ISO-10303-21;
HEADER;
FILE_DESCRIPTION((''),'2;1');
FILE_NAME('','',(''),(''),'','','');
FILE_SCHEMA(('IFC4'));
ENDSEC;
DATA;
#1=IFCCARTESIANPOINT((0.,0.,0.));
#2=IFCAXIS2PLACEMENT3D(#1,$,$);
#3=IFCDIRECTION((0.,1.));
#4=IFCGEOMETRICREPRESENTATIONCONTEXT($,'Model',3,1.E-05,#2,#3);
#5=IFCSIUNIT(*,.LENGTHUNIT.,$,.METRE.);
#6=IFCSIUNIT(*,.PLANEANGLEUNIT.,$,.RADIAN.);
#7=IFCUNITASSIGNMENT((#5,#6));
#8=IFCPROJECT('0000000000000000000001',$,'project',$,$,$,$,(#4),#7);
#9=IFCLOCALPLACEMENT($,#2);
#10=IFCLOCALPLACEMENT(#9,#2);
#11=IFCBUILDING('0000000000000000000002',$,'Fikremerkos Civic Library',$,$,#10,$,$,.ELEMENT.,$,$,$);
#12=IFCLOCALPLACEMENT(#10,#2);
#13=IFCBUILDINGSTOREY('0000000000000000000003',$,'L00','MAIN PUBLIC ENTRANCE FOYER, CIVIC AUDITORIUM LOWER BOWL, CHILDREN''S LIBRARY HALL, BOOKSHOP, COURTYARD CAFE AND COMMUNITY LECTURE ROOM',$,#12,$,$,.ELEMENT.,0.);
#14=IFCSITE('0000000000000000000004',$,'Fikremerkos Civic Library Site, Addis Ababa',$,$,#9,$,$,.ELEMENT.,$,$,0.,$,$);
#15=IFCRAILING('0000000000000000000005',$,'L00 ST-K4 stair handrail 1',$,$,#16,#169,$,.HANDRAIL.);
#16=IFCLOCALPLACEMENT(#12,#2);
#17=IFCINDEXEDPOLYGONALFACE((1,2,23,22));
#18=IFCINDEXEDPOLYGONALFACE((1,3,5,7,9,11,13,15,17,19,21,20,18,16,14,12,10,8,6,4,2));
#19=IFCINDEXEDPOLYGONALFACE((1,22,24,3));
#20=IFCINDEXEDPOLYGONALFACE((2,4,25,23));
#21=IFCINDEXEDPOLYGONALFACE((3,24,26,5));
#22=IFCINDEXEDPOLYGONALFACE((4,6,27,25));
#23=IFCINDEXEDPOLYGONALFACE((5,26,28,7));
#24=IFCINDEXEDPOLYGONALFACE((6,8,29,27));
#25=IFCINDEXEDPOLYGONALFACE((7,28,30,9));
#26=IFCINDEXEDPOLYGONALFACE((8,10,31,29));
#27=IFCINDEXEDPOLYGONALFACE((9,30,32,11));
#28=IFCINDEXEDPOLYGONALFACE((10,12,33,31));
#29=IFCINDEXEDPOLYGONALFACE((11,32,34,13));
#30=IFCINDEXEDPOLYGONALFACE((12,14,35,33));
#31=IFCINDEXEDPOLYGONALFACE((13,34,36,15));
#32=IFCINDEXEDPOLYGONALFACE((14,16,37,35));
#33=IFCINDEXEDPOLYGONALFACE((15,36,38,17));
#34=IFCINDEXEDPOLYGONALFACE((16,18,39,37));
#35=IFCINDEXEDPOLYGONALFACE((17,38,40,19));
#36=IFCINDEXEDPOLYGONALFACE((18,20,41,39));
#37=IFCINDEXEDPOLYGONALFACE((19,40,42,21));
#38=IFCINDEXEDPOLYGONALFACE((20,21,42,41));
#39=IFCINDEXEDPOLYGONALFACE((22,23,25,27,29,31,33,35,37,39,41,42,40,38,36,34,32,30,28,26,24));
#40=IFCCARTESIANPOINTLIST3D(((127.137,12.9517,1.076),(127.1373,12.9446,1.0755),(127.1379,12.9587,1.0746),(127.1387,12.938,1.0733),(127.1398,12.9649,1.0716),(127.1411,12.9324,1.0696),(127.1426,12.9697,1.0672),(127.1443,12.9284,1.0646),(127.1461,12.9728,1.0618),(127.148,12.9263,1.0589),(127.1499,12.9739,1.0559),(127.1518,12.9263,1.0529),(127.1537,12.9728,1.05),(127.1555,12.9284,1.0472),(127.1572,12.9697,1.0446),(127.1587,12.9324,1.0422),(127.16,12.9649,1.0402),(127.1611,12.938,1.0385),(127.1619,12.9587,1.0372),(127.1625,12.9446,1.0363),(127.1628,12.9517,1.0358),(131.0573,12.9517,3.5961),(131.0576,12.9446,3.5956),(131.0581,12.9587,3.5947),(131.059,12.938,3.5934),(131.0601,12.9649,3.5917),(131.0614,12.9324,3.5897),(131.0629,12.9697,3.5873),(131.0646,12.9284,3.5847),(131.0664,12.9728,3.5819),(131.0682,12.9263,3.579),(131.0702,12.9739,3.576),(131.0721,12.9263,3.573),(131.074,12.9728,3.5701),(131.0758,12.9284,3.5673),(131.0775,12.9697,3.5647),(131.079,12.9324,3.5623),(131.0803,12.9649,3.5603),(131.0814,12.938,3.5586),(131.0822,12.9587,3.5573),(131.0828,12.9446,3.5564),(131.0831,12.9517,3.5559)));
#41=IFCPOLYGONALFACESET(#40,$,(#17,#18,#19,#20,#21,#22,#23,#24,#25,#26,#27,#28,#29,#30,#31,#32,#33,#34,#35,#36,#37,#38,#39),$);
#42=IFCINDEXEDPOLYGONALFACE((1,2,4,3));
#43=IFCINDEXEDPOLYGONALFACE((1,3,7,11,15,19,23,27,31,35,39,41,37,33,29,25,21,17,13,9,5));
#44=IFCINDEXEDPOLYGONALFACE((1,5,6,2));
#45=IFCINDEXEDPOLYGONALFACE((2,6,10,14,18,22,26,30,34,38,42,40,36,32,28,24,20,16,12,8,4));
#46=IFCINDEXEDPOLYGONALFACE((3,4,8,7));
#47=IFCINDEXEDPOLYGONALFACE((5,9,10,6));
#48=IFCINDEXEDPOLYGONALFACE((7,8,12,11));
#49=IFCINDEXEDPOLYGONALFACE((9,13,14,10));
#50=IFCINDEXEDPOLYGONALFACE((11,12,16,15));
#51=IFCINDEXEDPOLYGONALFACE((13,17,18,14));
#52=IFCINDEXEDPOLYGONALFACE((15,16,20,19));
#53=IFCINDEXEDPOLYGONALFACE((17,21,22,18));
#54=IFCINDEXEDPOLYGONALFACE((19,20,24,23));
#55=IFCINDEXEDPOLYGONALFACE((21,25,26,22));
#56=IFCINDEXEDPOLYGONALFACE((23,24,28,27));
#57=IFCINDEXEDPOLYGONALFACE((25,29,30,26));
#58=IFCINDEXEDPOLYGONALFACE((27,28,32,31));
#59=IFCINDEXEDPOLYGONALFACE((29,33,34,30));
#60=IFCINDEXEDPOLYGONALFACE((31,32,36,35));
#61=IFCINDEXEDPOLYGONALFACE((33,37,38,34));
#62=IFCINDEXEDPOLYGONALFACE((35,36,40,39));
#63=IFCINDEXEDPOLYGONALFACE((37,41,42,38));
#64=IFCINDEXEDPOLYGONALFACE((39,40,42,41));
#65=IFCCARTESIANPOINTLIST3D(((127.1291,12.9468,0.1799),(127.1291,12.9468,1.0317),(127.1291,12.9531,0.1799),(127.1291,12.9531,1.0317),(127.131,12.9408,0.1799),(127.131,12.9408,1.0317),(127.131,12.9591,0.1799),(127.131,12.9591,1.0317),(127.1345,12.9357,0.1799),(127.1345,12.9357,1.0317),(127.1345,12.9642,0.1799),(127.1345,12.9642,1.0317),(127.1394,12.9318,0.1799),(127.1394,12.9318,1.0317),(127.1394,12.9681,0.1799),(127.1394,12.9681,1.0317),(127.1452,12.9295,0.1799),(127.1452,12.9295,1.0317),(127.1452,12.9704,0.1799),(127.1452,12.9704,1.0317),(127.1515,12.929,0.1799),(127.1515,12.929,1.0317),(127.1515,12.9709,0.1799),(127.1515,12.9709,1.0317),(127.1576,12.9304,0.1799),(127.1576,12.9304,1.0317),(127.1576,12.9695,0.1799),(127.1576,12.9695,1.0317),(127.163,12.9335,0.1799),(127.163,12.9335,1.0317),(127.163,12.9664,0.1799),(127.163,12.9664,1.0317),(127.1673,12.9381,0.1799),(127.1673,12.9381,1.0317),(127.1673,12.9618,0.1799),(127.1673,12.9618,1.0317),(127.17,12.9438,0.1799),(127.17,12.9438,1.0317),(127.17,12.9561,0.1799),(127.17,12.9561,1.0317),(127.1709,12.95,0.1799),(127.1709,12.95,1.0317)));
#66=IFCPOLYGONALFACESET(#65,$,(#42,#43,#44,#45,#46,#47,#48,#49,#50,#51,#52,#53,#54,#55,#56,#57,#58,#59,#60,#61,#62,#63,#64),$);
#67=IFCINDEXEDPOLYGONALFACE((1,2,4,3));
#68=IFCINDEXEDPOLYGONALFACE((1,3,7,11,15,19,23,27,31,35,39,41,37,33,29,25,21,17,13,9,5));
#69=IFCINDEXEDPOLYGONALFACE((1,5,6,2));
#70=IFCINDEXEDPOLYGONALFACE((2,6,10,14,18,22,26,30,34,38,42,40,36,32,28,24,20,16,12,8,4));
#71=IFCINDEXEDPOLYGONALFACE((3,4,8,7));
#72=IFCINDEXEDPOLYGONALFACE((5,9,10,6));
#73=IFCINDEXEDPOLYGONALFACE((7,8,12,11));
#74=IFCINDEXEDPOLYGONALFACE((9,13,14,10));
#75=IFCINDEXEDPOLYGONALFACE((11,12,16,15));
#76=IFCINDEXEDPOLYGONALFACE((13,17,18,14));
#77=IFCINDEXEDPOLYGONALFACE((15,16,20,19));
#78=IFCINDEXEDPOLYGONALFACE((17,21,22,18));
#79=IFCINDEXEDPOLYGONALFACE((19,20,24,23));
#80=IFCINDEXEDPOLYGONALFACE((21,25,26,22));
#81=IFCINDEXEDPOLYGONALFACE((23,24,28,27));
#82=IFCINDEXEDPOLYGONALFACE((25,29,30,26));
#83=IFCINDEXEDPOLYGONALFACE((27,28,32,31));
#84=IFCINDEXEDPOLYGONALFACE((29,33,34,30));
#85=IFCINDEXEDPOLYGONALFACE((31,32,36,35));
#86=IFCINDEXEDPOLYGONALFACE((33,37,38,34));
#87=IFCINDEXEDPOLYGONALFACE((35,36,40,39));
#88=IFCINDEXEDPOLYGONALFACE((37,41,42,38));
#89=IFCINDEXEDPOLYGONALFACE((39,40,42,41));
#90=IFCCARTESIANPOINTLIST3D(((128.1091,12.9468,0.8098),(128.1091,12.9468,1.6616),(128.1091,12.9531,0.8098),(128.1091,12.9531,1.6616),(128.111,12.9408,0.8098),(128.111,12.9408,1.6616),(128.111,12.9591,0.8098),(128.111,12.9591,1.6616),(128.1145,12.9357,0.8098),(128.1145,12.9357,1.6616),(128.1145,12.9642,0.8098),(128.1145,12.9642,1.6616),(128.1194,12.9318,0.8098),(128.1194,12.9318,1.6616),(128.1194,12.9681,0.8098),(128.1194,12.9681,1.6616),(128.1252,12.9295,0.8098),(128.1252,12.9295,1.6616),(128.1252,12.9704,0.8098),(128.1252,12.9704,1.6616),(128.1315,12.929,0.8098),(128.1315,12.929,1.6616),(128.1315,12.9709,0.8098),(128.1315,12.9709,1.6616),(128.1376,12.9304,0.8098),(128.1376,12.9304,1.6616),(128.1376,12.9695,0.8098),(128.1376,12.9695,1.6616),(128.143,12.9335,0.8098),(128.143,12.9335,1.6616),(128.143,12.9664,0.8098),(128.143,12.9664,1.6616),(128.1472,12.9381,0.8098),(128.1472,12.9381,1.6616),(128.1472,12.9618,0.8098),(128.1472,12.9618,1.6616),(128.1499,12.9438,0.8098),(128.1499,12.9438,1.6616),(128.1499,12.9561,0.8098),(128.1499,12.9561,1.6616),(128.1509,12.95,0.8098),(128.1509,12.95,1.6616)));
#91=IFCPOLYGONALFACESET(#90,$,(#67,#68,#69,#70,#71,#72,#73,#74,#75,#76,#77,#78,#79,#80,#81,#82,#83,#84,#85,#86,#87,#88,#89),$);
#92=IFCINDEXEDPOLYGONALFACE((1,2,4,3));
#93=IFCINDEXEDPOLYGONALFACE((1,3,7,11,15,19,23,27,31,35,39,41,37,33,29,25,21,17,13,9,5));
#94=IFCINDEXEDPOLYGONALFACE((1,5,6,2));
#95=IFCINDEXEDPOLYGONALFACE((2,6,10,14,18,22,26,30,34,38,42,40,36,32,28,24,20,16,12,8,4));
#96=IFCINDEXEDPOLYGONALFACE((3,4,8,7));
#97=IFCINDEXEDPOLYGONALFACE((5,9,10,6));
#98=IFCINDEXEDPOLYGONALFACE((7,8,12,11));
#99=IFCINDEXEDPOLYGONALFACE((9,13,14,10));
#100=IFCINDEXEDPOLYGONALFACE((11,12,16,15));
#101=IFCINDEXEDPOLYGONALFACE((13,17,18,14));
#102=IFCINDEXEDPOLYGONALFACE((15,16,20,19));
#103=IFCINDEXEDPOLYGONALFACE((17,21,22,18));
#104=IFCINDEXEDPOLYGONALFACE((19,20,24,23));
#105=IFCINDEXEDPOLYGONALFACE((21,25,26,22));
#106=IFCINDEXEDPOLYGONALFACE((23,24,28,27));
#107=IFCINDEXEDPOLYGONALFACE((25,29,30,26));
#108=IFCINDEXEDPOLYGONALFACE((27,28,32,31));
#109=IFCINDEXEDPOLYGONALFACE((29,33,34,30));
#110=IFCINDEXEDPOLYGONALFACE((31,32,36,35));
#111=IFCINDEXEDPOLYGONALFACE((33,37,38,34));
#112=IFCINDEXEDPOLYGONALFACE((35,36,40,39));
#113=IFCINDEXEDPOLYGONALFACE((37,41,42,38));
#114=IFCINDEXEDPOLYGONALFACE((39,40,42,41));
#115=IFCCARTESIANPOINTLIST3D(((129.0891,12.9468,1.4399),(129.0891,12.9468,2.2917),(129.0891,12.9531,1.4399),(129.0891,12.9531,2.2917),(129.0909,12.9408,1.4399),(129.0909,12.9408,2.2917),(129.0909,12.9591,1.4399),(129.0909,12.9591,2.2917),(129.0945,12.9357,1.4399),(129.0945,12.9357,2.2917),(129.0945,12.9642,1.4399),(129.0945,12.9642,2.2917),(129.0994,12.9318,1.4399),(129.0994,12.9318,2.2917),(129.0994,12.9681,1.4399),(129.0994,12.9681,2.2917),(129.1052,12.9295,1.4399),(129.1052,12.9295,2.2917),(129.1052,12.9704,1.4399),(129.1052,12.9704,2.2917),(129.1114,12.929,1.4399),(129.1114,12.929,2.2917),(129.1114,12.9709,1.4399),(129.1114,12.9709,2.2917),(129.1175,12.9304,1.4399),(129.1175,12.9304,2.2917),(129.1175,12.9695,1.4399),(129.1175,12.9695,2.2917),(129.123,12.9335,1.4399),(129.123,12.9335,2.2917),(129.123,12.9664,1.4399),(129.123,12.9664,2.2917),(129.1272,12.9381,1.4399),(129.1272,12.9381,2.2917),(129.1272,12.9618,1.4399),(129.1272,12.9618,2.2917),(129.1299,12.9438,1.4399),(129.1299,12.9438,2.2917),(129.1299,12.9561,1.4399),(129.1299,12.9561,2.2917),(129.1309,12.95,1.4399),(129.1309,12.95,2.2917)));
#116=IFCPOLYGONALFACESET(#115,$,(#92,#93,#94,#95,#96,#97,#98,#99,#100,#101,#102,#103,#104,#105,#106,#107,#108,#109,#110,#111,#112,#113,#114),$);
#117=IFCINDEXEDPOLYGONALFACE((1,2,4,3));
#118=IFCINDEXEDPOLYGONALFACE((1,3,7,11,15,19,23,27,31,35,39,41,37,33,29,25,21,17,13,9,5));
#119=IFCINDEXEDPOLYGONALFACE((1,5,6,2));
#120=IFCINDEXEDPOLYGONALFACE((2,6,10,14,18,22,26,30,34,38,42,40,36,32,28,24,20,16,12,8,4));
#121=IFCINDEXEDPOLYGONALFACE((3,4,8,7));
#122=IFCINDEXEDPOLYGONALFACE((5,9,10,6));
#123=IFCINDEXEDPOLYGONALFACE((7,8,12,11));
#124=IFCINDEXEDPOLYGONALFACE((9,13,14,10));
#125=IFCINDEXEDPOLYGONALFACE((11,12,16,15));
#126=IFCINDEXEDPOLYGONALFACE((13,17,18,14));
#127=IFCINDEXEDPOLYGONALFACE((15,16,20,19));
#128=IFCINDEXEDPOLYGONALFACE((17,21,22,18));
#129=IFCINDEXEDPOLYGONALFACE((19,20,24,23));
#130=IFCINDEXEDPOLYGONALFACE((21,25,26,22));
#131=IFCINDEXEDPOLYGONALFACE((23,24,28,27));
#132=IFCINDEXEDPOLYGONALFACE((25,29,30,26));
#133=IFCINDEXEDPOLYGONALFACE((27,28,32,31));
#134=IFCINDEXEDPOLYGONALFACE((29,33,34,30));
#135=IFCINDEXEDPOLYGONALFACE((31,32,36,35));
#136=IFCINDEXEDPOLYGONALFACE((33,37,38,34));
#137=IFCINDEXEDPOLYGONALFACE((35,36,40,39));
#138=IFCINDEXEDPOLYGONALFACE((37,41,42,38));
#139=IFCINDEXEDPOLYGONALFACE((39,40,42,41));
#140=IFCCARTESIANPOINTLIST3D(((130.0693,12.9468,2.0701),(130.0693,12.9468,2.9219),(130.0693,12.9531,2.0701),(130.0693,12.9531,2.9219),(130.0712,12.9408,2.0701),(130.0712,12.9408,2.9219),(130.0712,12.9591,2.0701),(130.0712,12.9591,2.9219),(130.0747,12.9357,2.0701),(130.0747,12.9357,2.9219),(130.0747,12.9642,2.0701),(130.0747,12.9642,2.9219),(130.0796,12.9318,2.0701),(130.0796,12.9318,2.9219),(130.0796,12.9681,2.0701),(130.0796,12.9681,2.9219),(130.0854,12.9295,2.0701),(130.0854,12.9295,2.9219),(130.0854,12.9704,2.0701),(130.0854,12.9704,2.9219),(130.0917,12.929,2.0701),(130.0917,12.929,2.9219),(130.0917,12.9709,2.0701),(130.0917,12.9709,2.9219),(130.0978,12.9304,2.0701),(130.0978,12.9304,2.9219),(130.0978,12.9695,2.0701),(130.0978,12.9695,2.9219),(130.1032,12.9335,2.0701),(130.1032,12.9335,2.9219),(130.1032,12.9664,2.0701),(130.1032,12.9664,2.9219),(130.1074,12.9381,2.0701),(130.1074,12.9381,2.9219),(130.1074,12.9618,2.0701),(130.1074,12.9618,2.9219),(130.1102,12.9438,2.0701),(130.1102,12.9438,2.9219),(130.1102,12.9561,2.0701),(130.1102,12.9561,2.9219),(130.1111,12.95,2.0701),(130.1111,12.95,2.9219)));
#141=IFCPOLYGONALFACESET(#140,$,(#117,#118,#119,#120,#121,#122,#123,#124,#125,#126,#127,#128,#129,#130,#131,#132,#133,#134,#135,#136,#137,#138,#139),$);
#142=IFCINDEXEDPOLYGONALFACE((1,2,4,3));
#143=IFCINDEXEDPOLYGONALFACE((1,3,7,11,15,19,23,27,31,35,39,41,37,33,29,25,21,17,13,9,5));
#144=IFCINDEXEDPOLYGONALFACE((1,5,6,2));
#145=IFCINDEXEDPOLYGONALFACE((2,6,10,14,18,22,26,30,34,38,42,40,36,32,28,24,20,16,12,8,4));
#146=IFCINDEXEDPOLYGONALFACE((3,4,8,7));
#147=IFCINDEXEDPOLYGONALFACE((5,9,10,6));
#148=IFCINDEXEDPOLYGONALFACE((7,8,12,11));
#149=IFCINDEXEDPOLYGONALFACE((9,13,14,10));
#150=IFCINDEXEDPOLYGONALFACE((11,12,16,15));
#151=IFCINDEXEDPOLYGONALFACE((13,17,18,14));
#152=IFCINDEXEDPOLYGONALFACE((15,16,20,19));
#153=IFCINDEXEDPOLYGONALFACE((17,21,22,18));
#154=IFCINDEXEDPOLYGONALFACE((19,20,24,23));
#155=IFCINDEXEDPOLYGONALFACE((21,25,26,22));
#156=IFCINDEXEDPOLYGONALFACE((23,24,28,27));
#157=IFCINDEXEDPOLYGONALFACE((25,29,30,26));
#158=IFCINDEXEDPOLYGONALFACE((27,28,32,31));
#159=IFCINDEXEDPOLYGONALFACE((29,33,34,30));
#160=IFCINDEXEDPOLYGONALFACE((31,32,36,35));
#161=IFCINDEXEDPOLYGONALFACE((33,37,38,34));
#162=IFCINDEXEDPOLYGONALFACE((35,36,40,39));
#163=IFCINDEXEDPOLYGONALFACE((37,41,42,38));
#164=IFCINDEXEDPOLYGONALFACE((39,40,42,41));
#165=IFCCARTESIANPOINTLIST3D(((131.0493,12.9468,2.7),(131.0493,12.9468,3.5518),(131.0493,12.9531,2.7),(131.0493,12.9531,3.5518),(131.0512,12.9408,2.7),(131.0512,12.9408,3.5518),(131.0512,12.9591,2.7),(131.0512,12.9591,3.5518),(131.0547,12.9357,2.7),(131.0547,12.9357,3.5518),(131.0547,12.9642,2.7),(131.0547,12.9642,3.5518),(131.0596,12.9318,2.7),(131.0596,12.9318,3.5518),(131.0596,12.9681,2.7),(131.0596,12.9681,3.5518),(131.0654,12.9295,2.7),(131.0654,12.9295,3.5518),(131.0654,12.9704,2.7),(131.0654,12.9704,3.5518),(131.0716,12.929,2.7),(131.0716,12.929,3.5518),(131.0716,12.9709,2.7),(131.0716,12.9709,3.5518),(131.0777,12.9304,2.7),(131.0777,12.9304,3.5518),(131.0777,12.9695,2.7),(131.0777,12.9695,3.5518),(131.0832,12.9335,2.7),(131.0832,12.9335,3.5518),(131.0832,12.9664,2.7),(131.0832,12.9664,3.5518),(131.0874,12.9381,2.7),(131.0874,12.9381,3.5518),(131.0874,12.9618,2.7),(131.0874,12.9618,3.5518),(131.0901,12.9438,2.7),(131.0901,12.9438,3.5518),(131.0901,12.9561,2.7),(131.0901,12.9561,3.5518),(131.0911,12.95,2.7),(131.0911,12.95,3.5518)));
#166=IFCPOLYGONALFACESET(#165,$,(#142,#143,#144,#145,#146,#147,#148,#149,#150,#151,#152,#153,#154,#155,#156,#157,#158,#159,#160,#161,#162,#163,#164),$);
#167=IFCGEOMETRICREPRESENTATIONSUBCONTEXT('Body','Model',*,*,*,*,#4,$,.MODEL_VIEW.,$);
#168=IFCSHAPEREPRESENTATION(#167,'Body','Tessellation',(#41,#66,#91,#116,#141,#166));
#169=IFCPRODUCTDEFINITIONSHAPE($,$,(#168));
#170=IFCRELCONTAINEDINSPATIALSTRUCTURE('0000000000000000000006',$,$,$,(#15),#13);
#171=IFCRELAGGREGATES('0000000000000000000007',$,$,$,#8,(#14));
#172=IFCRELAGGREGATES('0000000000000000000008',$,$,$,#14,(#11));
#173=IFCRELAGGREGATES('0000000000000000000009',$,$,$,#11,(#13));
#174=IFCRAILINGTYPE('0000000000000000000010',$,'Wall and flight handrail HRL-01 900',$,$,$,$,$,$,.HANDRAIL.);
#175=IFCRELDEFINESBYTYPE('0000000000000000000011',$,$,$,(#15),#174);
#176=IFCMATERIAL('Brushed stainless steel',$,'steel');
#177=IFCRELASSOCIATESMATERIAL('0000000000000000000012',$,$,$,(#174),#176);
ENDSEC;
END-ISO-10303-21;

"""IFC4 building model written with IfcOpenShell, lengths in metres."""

from ifc_helpers import new_model, si_unit, direction, frame, origin, origin_2d, place, context, subcontext, project, spatial, circle, extrude, material, type_object, element, save


model = new_model("IFC4")

# Units and contexts
model_context = context("Model", 3, precision=1e-05, world=origin(), true_north=direction((0.0, 1.0)))
body_context = subcontext(model_context, "Body", "Model", "MODEL_VIEW")
ifc_project = project(units=[si_unit("LENGTHUNIT", "METRE"), si_unit("PLANEANGLEUNIT", "RADIAN")], contexts=[model_context])

# Site, building, storey
site_placement = place(None, origin())
site = spatial("IfcSite", under=ifc_project, at=site_placement, Name="Fikremerkos Civic Library Site, Addis Ababa", CompositionType="ELEMENT", RefElevation=0.0)
building_placement = place(site_placement, origin())
building = spatial("IfcBuilding", under=site, at=building_placement, Name="Fikremerkos Civic Library", CompositionType="ELEMENT")
storey_placement = place(building_placement, origin())
storey = spatial("IfcBuildingStorey", under=building, at=storey_placement, Name="L00", Description="MAIN PUBLIC ENTRANCE FOYER, CIVIC AUDITORIUM LOWER BOWL, CHILDREN'S LIBRARY HALL, BOOKSHOP, COURTYARD CAFE AND COMMUNITY LECTURE ROOM", CompositionType="ELEMENT", Elevation=0.0)

# Railing
ifc_material_1 = material(Name="Brushed stainless steel", Category="steel")
railing_type_1 = type_object("IfcRailingType", Name="Wall and flight handrail HRL-01 900", PredefinedType="HANDRAIL", material=ifc_material_1)
railing_1_placement = place(storey_placement, frame((127.1499, 12.95, 0.1799)))
element("IfcRailing", 1, at=railing_1_placement, inside=storey, type_object=railing_type_1, Name="L00 ST-K4 stair handrail 1", PredefinedType="HANDRAIL", context=body_context, shape_type="SweptSolid", body=[
    extrude(circle(Radius=0.0239, at=origin_2d()), frame((0.0, 0.0, 0.876), z_axis=(0.841187, 0.0, 0.540744), x_axis=(0.0, 1.0, 0.0)), (0.0, 0.0, 1.0), 4.6604),
    extrude(circle(Radius=0.021, at=origin_2d()), origin(), (0.0, 0.0, 1.0), 0.8518),
    extrude(circle(Radius=0.021, at=origin_2d()), frame((0.98, 0.0, 0.6299)), (0.0, 0.0, 1.0), 0.8518),
    extrude(circle(Radius=0.021, at=origin_2d()), frame((1.96, 0.0, 1.26)), (0.0, 0.0, 1.0), 0.8518),
    extrude(circle(Radius=0.021, at=origin_2d()), frame((2.9402, 0.0, 1.8901)), (0.0, 0.0, 1.0), 0.8518),
    extrude(circle(Radius=0.021, at=origin_2d()), frame((3.9202, 0.0, 2.52)), (0.0, 0.0, 1.0), 0.8518),
])

save(model, "model.ifc")
